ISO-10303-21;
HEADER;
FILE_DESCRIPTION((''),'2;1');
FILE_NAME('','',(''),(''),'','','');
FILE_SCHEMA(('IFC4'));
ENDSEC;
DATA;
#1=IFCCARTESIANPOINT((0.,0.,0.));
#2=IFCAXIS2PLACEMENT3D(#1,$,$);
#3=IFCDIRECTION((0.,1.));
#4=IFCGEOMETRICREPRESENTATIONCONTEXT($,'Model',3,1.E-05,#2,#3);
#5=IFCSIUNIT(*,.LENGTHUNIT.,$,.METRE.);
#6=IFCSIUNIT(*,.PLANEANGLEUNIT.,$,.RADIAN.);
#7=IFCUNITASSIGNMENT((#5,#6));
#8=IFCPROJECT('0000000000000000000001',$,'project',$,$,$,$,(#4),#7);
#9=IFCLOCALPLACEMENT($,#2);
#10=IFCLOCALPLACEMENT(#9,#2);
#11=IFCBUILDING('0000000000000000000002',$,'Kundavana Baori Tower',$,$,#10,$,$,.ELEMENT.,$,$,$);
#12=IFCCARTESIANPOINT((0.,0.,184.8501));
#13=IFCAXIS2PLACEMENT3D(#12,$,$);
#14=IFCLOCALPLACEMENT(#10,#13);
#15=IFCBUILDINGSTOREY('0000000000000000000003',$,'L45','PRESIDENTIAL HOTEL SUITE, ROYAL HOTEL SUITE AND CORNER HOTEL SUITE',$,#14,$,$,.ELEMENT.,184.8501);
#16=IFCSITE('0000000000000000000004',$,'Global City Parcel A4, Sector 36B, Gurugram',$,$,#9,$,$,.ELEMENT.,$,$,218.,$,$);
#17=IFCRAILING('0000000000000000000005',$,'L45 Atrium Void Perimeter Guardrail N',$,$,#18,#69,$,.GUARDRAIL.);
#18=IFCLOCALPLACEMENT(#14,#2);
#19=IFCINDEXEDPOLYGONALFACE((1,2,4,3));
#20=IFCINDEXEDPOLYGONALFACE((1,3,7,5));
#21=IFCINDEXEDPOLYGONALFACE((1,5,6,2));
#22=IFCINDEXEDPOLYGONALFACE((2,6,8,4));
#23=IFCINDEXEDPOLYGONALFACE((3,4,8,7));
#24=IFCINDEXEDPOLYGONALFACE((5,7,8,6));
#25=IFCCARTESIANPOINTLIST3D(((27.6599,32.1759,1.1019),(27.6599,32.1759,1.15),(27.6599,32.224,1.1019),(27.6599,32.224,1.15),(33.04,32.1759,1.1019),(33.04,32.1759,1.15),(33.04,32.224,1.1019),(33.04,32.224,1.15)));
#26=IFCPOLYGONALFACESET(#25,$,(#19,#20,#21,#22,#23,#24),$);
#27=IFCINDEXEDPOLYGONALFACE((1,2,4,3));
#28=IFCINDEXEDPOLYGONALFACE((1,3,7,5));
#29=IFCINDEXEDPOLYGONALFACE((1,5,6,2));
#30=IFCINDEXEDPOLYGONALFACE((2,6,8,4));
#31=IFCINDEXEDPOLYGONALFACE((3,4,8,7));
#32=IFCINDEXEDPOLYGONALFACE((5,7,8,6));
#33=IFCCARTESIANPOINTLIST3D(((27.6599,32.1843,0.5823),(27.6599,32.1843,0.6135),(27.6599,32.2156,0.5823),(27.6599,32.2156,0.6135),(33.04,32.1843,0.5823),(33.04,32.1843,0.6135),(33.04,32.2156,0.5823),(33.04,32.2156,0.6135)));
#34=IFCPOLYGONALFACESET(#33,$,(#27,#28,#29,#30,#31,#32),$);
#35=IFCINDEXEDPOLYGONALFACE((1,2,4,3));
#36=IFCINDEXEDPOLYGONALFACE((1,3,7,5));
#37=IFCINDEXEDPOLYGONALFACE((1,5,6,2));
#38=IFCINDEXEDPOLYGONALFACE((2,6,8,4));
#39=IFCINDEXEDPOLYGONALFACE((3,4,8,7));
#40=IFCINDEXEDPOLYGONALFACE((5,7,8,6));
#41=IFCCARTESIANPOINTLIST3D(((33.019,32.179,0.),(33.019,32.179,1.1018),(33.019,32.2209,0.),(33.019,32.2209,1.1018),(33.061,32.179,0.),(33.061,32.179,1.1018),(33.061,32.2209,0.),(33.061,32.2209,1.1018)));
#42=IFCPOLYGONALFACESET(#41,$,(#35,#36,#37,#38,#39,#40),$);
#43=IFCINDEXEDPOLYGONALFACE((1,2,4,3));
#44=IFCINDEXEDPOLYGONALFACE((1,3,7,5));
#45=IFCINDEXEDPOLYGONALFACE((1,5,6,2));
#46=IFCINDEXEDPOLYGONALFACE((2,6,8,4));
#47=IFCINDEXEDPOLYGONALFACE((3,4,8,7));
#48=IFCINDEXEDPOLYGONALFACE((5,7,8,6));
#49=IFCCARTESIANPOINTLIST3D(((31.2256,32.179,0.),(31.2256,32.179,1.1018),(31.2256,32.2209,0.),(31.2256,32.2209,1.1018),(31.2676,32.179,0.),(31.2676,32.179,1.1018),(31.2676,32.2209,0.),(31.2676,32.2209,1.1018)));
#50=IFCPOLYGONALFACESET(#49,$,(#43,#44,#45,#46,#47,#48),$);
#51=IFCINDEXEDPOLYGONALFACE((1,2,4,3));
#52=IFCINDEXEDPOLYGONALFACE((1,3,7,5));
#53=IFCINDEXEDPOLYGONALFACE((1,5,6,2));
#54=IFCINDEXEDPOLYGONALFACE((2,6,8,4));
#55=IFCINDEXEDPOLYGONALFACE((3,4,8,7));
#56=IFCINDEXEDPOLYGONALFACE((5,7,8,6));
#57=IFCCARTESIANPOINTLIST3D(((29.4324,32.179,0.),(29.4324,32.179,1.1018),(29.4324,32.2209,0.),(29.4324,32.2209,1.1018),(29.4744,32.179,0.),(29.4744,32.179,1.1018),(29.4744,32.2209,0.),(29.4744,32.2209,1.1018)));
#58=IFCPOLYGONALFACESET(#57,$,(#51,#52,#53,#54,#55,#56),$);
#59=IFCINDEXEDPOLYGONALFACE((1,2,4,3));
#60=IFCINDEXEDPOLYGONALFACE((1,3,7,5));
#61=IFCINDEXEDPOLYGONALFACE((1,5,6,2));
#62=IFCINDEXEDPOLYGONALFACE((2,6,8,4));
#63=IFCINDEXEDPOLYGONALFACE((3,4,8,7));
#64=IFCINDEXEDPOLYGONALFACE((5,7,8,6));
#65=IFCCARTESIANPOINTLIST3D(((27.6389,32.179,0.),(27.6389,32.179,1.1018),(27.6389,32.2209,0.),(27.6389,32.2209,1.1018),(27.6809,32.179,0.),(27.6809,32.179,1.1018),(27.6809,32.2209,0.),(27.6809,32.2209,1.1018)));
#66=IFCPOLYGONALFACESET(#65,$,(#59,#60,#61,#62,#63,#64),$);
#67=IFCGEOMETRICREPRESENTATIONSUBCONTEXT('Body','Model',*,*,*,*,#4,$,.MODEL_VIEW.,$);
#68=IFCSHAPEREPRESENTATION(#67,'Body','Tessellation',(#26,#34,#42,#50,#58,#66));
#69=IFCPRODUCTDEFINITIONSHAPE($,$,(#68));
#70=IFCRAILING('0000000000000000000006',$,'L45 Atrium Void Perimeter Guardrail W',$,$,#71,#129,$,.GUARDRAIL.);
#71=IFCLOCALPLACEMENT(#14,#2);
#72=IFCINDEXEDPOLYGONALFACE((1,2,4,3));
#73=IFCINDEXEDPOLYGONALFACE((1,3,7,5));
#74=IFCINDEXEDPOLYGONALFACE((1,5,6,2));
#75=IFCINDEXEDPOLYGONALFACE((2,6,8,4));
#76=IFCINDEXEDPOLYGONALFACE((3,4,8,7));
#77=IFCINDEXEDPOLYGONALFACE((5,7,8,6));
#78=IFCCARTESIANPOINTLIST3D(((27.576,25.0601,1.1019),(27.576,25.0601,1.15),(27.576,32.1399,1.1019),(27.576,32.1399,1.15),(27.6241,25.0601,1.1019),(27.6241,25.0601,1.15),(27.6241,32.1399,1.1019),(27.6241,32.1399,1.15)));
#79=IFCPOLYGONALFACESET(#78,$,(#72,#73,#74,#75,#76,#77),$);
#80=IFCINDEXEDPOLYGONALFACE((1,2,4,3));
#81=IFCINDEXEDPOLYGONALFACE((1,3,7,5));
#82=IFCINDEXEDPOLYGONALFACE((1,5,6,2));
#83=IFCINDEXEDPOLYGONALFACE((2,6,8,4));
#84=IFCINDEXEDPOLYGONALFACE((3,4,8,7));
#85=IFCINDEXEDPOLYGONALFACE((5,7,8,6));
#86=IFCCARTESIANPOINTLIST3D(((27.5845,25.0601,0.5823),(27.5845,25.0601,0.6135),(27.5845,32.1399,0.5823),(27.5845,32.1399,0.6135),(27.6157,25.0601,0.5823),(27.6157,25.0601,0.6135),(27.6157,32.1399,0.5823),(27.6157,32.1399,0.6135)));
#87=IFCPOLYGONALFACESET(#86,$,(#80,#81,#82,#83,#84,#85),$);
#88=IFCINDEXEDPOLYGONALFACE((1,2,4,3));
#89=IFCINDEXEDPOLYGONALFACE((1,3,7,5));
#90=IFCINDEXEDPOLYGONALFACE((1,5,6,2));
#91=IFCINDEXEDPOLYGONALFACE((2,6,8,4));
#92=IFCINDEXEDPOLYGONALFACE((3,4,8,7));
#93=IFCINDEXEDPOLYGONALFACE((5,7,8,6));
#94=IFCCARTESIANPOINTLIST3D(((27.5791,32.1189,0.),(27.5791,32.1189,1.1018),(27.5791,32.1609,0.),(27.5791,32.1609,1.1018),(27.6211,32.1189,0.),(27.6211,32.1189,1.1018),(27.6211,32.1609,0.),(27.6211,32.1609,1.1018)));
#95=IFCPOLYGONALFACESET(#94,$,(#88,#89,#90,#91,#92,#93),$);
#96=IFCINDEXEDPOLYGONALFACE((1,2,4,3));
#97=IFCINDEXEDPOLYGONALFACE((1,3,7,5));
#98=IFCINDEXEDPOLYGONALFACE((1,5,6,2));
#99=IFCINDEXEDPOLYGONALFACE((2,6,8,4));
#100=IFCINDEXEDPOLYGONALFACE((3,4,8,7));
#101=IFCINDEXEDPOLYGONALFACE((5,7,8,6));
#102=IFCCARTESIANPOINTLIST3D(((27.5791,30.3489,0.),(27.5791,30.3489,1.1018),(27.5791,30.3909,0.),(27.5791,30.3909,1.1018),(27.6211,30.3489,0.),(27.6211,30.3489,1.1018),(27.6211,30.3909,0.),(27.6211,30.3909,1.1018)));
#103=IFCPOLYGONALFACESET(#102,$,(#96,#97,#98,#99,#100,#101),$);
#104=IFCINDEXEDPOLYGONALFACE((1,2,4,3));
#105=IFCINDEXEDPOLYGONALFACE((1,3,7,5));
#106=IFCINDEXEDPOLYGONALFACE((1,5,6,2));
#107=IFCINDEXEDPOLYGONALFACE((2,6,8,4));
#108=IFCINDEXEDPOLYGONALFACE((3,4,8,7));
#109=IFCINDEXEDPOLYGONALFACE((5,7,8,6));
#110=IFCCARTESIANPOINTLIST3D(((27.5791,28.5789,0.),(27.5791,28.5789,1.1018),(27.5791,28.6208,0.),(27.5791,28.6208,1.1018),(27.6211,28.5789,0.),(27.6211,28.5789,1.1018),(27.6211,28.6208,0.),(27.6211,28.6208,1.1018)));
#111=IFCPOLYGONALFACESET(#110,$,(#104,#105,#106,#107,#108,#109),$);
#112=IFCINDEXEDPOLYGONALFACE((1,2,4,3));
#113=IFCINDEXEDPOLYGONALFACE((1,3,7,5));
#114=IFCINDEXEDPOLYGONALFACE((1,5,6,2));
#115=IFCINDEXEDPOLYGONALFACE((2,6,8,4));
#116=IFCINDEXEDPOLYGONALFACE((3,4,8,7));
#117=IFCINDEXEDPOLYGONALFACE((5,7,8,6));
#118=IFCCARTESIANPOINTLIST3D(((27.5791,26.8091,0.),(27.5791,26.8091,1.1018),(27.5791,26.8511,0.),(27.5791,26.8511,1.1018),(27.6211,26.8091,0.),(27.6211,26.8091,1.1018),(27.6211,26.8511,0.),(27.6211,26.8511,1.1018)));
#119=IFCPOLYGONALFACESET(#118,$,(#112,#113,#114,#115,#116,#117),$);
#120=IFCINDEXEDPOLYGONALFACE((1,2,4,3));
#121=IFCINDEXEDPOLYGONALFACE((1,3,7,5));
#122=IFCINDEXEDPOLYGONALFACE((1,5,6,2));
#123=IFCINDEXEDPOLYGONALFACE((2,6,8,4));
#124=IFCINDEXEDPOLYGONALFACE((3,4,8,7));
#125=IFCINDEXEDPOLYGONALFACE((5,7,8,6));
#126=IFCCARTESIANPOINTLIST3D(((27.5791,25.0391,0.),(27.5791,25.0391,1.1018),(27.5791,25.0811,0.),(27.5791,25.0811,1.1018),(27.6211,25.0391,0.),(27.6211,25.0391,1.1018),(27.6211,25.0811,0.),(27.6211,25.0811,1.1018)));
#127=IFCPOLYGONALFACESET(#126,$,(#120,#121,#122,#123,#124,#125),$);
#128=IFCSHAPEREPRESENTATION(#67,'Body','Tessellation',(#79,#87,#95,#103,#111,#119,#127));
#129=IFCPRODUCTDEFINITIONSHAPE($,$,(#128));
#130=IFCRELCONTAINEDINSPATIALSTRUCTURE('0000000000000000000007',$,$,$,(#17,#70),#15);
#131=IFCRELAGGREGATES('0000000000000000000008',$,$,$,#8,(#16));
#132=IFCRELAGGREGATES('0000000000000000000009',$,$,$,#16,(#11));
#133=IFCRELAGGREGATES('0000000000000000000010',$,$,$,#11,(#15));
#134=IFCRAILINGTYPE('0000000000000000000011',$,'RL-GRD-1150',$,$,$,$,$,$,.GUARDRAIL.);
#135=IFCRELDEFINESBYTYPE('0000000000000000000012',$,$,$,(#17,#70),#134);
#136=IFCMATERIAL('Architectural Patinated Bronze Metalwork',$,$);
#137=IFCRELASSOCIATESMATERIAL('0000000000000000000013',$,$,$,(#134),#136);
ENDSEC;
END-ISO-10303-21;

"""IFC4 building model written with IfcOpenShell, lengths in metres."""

from ifc_helpers import new_model, si_unit, direction, frame, origin, origin_2d, place, context, subcontext, project, spatial, rectangle, extrude, material, type_object, element, save


model = new_model("IFC4")

# Units and contexts
model_context = context("Model", 3, precision=1e-05, world=origin(), true_north=direction((0.0, 1.0)))
body_context = subcontext(model_context, "Body", "Model", "MODEL_VIEW")
ifc_project = project(units=[si_unit("LENGTHUNIT", "METRE"), si_unit("PLANEANGLEUNIT", "RADIAN")], contexts=[model_context])

# Site, building, storey
site_placement = place(None, origin())
site = spatial("IfcSite", under=ifc_project, at=site_placement, Name="Global City Parcel A4, Sector 36B, Gurugram", CompositionType="ELEMENT", RefElevation=218.0)
building_placement = place(site_placement, origin())
building = spatial("IfcBuilding", under=site, at=building_placement, Name="Kundavana Baori Tower", CompositionType="ELEMENT")
storey_placement = place(building_placement, frame((0.0, 0.0, 184.8501)))
storey = spatial("IfcBuildingStorey", under=building, at=storey_placement, Name="L45", Description="PRESIDENTIAL HOTEL SUITE, ROYAL HOTEL SUITE AND CORNER HOTEL SUITE", CompositionType="ELEMENT", Elevation=184.8501)

# Railings
ifc_material_1 = material(Name="Architectural Patinated Bronze Metalwork")
railing_type = type_object("IfcRailingType", Name="RL-GRD-1150", PredefinedType="GUARDRAIL", material=ifc_material_1)
railing_1_placement = place(storey_placement, frame((33.04, 32.2, 0.0)))
element("IfcRailing", 1, at=railing_1_placement, inside=storey, type_object=railing_type, Name="L45 Atrium Void Perimeter Guardrail N", PredefinedType="GUARDRAIL", context=body_context, shape_type="SweptSolid", body=[
    extrude(rectangle(XDim=0.0481, YDim=0.0481, at=origin_2d()), frame((0.0, 0.0, 1.126), z_axis=(-1.0, 0.0, 0.0), x_axis=(0.0, -1.0, 0.0)), (0.0, 0.0, 1.0), 5.3801),
    extrude(rectangle(XDim=0.0312, YDim=0.0312, at=origin_2d()), frame((0.0, 0.0, 0.5979), z_axis=(-1.0, 0.0, 0.0), x_axis=(0.0, -1.0, 0.0)), (0.0, 0.0, 1.0), 5.3801),
    extrude(rectangle(XDim=0.042, YDim=0.042, at=origin_2d()), origin(), (0.0, 0.0, 1.0), 1.1018),
    extrude(rectangle(XDim=0.042, YDim=0.042, at=origin_2d()), frame((-1.7935, 0.0, 0.0)), (0.0, 0.0, 1.0), 1.1018),
    extrude(rectangle(XDim=0.042, YDim=0.042, at=origin_2d()), frame((-3.5867, 0.0, 0.0)), (0.0, 0.0, 1.0), 1.1018),
    extrude(rectangle(XDim=0.042, YDim=0.042, at=origin_2d()), frame((-5.3801, 0.0, 0.0)), (0.0, 0.0, 1.0), 1.1018),
])
railing_2_placement = place(storey_placement, frame((27.6001, 32.1399, 0.0)))
element("IfcRailing", 2, at=railing_2_placement, inside=storey, type_object=railing_type, Name="L45 Atrium Void Perimeter Guardrail W", PredefinedType="GUARDRAIL", context=body_context, shape_type="SweptSolid", body=[
    extrude(rectangle(XDim=0.0481, YDim=0.0481, at=origin_2d()), frame((0.0, 0.0, 1.126), z_axis=(0.0, -1.0, 0.0), x_axis=(1.0, 0.0, 0.0)), (0.0, 0.0, 1.0), 7.0798),
    extrude(rectangle(XDim=0.0312, YDim=0.0312, at=origin_2d()), frame((0.0, 0.0, 0.5979), z_axis=(0.0, -1.0, 0.0), x_axis=(1.0, 0.0, 0.0)), (0.0, 0.0, 1.0), 7.0798),
    extrude(rectangle(XDim=0.042, YDim=0.042, at=origin_2d()), origin(), (0.0, 0.0, 1.0), 1.1018),
    extrude(rectangle(XDim=0.042, YDim=0.042, at=origin_2d()), frame((0.0, -1.77, 0.0)), (0.0, 0.0, 1.0), 1.1018),
    extrude(rectangle(XDim=0.042, YDim=0.042, at=origin_2d()), frame((0.0, -3.54, 0.0)), (0.0, 0.0, 1.0), 1.1018),
    extrude(rectangle(XDim=0.042, YDim=0.042, at=origin_2d()), frame((0.0, -5.3098, 0.0)), (0.0, 0.0, 1.0), 1.1018),
    extrude(rectangle(XDim=0.042, YDim=0.042, at=origin_2d()), frame((0.0, -7.0798, 0.0)), (0.0, 0.0, 1.0), 1.1018),
])

save(model, "model.ifc")
